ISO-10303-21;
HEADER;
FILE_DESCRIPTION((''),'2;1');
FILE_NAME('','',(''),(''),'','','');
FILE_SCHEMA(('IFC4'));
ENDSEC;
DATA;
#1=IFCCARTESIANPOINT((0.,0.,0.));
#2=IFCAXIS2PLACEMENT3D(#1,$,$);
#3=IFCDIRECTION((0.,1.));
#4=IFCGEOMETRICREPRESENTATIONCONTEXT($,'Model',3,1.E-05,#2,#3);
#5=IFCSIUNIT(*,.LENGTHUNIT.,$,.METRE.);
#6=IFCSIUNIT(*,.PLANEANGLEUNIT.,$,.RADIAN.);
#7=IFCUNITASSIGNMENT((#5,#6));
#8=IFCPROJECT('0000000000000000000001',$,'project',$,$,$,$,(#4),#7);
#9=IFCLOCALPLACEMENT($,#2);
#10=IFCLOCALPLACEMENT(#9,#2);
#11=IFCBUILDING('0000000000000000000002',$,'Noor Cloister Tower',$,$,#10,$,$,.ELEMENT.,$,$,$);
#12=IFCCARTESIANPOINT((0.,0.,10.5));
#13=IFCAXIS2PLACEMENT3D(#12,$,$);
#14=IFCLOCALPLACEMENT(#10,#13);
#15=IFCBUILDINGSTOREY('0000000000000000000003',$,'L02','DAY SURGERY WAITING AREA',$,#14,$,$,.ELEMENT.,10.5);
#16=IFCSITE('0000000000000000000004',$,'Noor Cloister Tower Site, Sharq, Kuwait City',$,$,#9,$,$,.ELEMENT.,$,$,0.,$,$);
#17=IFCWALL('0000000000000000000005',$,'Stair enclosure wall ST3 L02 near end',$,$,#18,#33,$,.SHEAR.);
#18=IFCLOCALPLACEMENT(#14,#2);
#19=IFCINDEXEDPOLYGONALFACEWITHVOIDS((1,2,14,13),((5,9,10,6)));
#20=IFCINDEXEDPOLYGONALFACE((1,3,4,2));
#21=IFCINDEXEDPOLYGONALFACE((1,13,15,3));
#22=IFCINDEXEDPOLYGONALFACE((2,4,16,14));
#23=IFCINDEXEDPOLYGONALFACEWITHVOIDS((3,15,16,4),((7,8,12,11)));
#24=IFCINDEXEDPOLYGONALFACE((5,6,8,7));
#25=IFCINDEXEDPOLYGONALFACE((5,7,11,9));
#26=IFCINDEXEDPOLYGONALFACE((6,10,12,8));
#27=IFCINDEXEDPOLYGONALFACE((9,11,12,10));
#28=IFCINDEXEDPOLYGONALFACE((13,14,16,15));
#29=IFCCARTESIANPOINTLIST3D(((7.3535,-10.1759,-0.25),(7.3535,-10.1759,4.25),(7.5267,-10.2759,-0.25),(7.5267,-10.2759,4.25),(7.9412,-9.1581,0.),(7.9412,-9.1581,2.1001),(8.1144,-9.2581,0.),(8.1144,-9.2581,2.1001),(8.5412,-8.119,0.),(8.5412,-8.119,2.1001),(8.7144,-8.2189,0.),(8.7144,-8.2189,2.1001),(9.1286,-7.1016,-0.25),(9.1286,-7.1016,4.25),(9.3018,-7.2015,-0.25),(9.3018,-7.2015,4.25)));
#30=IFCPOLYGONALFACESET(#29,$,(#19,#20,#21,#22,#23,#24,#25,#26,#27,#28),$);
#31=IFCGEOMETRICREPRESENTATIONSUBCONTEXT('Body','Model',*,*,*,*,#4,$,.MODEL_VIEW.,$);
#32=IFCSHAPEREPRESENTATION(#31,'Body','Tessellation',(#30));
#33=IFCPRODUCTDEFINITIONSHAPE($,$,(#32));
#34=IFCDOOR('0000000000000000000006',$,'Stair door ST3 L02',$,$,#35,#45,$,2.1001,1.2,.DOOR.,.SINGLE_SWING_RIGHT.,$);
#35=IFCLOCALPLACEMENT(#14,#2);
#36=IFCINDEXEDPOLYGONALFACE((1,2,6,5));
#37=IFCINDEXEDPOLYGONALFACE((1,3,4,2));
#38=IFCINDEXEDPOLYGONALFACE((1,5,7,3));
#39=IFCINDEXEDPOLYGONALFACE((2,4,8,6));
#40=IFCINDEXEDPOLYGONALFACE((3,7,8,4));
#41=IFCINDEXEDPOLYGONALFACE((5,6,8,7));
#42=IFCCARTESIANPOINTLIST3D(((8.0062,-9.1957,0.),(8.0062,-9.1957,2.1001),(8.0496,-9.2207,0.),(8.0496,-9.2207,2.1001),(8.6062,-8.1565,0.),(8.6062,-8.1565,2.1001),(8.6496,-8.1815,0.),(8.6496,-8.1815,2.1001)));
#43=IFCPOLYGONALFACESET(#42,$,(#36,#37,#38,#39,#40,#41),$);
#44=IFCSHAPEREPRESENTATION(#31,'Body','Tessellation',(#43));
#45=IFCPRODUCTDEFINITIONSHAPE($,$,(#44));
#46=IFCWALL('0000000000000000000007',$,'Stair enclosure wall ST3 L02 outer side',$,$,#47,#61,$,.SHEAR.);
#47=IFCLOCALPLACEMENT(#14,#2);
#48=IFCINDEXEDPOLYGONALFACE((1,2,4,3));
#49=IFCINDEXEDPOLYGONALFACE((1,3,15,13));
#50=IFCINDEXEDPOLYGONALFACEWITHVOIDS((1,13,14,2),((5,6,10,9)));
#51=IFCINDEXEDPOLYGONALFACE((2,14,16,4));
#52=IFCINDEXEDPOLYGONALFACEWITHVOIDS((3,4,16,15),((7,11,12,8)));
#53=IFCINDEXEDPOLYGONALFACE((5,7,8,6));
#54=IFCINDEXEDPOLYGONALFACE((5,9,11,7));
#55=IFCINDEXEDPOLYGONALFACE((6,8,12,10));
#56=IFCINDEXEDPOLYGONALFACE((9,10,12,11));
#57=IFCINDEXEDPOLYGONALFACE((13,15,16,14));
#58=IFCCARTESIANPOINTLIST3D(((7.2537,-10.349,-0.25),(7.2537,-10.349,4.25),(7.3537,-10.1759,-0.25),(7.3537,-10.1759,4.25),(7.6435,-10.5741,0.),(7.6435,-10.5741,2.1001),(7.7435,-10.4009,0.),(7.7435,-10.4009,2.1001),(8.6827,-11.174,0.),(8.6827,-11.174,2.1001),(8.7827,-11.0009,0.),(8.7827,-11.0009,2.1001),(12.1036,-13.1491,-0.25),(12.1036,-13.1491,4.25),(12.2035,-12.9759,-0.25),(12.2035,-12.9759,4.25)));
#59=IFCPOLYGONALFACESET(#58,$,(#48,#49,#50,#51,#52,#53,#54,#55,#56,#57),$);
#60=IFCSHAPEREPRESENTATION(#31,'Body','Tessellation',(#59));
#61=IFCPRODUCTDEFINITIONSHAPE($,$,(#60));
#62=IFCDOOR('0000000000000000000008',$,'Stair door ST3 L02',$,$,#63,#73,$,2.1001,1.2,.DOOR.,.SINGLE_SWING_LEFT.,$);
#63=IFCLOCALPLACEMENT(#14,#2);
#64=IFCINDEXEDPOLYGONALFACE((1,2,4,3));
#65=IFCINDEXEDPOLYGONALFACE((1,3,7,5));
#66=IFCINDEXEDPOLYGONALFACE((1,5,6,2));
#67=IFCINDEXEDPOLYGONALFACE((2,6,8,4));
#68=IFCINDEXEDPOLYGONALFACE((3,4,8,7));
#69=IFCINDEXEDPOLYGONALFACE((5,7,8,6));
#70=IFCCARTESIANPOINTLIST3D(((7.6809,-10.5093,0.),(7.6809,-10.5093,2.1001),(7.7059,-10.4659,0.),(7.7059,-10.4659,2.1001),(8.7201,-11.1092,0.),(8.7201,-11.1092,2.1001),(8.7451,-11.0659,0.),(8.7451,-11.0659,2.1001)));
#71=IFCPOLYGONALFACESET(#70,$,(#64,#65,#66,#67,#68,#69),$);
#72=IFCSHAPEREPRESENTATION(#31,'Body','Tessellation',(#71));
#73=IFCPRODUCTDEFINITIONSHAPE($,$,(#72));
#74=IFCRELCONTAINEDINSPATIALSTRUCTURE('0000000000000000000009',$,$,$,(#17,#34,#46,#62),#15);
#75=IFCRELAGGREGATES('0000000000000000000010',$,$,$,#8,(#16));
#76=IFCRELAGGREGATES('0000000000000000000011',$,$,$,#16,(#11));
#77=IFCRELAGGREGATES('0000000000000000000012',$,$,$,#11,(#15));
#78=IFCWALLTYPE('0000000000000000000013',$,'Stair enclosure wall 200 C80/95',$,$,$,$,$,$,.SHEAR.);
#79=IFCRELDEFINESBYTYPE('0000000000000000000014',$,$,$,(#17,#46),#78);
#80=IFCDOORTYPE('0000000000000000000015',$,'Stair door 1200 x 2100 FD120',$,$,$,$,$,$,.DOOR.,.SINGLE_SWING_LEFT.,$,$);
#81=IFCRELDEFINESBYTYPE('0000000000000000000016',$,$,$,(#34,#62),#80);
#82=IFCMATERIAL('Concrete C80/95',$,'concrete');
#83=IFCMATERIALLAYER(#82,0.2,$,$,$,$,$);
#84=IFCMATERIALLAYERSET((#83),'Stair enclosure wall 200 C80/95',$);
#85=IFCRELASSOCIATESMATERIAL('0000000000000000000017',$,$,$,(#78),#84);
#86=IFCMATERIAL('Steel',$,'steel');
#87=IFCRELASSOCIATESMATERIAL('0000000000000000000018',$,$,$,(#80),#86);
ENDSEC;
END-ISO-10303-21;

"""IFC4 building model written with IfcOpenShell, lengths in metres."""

from ifc_helpers import new_model, si_unit, direction, frame, frame_2d, origin, place, context, subcontext, project, spatial, rectangle, extrude, material, layer, layer_set, type_object, element, fill, save


model = new_model("IFC4")

# Units and contexts
model_context = context("Model", 3, precision=1e-05, world=origin(), true_north=direction((0.0, 1.0)))
body_context = subcontext(model_context, "Body", "Model", "MODEL_VIEW")
ifc_project = project(units=[si_unit("LENGTHUNIT", "METRE"), si_unit("PLANEANGLEUNIT", "RADIAN")], contexts=[model_context])

# Site, building, storey
site_placement = place(None, origin())
site = spatial("IfcSite", under=ifc_project, at=site_placement, Name="Noor Cloister Tower Site, Sharq, Kuwait City", CompositionType="ELEMENT", RefElevation=0.0)
building_placement = place(site_placement, origin())
building = spatial("IfcBuilding", under=site, at=building_placement, Name="Noor Cloister Tower", CompositionType="ELEMENT")
storey_placement = place(building_placement, frame((0.0, 0.0, 10.5)))
storey = spatial("IfcBuildingStorey", under=building, at=storey_placement, Name="L02", Description="DAY SURGERY WAITING AREA", CompositionType="ELEMENT", Elevation=10.5)

# Walls, openings, doors
ifc_material_1 = material(Name="Concrete C80/95", Category="concrete")
ifc_layer_1 = layer(ifc_material_1, 0.2)
ifc_layer_set_1 = layer_set([ifc_layer_1], Name="Stair enclosure wall 200 C80/95")
wall_type_1 = type_object("IfcWallType", Name="Stair enclosure wall 200 C80/95", PredefinedType="SHEAR", material=ifc_layer_set_1)
wall_1_placement = place(storey_placement, frame((7.4402, -10.2258, -0.25), z_axis=(0.0, 0.0, 1.0), x_axis=(0.500022, 0.866013, 0.0)))
wall_1 = element("IfcWall", 1, at=wall_1_placement, inside=storey, type_object=wall_type_1, Name="Stair enclosure wall ST3 L02 near end", PredefinedType="SHEAR", context=body_context, shape_type="SweptSolid", body=[
    extrude(rectangle(XDim=3.55, YDim=0.2, at=frame_2d((1.7749, 0.0))), origin(), (0.0, 0.0, 1.0), 4.5),
])
opening_1_placement = place(wall_1_placement, frame((1.175, 0.0, 0.25)))
opening_1 = element("IfcOpeningElement", 2, at=opening_1_placement, cuts=wall_1, PredefinedType="OPENING", context=body_context, shape_type="SweptSolid", body=[
    extrude(rectangle(XDim=1.2, YDim=2.1001, at=frame_2d((0.6001, 1.05))), frame((0.0, 0.1099, 0.0), z_axis=(0.0, -1.0, 0.0), x_axis=(1.0, 0.0, 0.0)), (0.0, 0.0, 1.0), 0.22),
])
ifc_material_2 = material(Name="Steel", Category="steel")
door_type_1 = type_object("IfcDoorType", Name="Stair door 1200 x 2100 FD120", OperationType="SINGLE_SWING_LEFT", PredefinedType="DOOR", material=ifc_material_2)
door_1_placement = place(opening_1_placement, origin())
door_1 = element("IfcDoor", 3, at=door_1_placement, inside=storey, type_object=door_type_1, Name="Stair door ST3 L02", OperationType="SINGLE_SWING_RIGHT", OverallHeight=2.1001, OverallWidth=1.2, PredefinedType="DOOR", context=body_context, shape_type="SweptSolid", body=[
    extrude(rectangle(XDim=1.2, YDim=2.1001, at=frame_2d((0.6001, 1.05))), frame((0.0, 0.0249, 0.0), z_axis=(0.0, -1.0, 0.0), x_axis=(1.0, 0.0, 0.0)), (0.0, 0.0, 1.0), 0.05),
])
fill(opening_1, door_1)
wall_2_placement = place(storey_placement, frame((7.3037, -10.2625, -0.25), z_axis=(0.0, 0.0, 1.0), x_axis=(0.866027, -0.499998, 0.0)))
wall_2 = element("IfcWall", 4, at=wall_2_placement, inside=storey, type_object=wall_type_1, Name="Stair enclosure wall ST3 L02 outer side", PredefinedType="SHEAR", context=body_context, shape_type="SweptSolid", body=[
    extrude(rectangle(XDim=5.6001, YDim=0.2, at=frame_2d((2.8, 0.0))), origin(), (0.0, 0.0, 1.0), 4.5),
])
opening_2_placement = place(wall_2_placement, frame((0.45, 0.0, 0.25)))
opening_2 = element("IfcOpeningElement", 5, at=opening_2_placement, cuts=wall_2, PredefinedType="OPENING", context=body_context, shape_type="SweptSolid", body=[
    extrude(rectangle(XDim=1.2, YDim=2.1001, at=frame_2d((0.6001, 1.05))), frame((0.0, 0.1099, 0.0), z_axis=(0.0, -1.0, 0.0), x_axis=(1.0, 0.0, 0.0)), (0.0, 0.0, 1.0), 0.22),
])
door_2_placement = place(opening_2_placement, origin())
door_2 = element("IfcDoor", 6, at=door_2_placement, inside=storey, type_object=door_type_1, Name="Stair door ST3 L02", OperationType="SINGLE_SWING_LEFT", OverallHeight=2.1001, OverallWidth=1.2, PredefinedType="DOOR", context=body_context, shape_type="SweptSolid", body=[
    extrude(rectangle(XDim=1.2, YDim=2.1001, at=frame_2d((0.6001, 1.05))), frame((0.0, 0.0249, 0.0), z_axis=(0.0, -1.0, 0.0), x_axis=(1.0, 0.0, 0.0)), (0.0, 0.0, 1.0), 0.05),
])
fill(opening_2, door_2)

save(model, "model.ifc")
